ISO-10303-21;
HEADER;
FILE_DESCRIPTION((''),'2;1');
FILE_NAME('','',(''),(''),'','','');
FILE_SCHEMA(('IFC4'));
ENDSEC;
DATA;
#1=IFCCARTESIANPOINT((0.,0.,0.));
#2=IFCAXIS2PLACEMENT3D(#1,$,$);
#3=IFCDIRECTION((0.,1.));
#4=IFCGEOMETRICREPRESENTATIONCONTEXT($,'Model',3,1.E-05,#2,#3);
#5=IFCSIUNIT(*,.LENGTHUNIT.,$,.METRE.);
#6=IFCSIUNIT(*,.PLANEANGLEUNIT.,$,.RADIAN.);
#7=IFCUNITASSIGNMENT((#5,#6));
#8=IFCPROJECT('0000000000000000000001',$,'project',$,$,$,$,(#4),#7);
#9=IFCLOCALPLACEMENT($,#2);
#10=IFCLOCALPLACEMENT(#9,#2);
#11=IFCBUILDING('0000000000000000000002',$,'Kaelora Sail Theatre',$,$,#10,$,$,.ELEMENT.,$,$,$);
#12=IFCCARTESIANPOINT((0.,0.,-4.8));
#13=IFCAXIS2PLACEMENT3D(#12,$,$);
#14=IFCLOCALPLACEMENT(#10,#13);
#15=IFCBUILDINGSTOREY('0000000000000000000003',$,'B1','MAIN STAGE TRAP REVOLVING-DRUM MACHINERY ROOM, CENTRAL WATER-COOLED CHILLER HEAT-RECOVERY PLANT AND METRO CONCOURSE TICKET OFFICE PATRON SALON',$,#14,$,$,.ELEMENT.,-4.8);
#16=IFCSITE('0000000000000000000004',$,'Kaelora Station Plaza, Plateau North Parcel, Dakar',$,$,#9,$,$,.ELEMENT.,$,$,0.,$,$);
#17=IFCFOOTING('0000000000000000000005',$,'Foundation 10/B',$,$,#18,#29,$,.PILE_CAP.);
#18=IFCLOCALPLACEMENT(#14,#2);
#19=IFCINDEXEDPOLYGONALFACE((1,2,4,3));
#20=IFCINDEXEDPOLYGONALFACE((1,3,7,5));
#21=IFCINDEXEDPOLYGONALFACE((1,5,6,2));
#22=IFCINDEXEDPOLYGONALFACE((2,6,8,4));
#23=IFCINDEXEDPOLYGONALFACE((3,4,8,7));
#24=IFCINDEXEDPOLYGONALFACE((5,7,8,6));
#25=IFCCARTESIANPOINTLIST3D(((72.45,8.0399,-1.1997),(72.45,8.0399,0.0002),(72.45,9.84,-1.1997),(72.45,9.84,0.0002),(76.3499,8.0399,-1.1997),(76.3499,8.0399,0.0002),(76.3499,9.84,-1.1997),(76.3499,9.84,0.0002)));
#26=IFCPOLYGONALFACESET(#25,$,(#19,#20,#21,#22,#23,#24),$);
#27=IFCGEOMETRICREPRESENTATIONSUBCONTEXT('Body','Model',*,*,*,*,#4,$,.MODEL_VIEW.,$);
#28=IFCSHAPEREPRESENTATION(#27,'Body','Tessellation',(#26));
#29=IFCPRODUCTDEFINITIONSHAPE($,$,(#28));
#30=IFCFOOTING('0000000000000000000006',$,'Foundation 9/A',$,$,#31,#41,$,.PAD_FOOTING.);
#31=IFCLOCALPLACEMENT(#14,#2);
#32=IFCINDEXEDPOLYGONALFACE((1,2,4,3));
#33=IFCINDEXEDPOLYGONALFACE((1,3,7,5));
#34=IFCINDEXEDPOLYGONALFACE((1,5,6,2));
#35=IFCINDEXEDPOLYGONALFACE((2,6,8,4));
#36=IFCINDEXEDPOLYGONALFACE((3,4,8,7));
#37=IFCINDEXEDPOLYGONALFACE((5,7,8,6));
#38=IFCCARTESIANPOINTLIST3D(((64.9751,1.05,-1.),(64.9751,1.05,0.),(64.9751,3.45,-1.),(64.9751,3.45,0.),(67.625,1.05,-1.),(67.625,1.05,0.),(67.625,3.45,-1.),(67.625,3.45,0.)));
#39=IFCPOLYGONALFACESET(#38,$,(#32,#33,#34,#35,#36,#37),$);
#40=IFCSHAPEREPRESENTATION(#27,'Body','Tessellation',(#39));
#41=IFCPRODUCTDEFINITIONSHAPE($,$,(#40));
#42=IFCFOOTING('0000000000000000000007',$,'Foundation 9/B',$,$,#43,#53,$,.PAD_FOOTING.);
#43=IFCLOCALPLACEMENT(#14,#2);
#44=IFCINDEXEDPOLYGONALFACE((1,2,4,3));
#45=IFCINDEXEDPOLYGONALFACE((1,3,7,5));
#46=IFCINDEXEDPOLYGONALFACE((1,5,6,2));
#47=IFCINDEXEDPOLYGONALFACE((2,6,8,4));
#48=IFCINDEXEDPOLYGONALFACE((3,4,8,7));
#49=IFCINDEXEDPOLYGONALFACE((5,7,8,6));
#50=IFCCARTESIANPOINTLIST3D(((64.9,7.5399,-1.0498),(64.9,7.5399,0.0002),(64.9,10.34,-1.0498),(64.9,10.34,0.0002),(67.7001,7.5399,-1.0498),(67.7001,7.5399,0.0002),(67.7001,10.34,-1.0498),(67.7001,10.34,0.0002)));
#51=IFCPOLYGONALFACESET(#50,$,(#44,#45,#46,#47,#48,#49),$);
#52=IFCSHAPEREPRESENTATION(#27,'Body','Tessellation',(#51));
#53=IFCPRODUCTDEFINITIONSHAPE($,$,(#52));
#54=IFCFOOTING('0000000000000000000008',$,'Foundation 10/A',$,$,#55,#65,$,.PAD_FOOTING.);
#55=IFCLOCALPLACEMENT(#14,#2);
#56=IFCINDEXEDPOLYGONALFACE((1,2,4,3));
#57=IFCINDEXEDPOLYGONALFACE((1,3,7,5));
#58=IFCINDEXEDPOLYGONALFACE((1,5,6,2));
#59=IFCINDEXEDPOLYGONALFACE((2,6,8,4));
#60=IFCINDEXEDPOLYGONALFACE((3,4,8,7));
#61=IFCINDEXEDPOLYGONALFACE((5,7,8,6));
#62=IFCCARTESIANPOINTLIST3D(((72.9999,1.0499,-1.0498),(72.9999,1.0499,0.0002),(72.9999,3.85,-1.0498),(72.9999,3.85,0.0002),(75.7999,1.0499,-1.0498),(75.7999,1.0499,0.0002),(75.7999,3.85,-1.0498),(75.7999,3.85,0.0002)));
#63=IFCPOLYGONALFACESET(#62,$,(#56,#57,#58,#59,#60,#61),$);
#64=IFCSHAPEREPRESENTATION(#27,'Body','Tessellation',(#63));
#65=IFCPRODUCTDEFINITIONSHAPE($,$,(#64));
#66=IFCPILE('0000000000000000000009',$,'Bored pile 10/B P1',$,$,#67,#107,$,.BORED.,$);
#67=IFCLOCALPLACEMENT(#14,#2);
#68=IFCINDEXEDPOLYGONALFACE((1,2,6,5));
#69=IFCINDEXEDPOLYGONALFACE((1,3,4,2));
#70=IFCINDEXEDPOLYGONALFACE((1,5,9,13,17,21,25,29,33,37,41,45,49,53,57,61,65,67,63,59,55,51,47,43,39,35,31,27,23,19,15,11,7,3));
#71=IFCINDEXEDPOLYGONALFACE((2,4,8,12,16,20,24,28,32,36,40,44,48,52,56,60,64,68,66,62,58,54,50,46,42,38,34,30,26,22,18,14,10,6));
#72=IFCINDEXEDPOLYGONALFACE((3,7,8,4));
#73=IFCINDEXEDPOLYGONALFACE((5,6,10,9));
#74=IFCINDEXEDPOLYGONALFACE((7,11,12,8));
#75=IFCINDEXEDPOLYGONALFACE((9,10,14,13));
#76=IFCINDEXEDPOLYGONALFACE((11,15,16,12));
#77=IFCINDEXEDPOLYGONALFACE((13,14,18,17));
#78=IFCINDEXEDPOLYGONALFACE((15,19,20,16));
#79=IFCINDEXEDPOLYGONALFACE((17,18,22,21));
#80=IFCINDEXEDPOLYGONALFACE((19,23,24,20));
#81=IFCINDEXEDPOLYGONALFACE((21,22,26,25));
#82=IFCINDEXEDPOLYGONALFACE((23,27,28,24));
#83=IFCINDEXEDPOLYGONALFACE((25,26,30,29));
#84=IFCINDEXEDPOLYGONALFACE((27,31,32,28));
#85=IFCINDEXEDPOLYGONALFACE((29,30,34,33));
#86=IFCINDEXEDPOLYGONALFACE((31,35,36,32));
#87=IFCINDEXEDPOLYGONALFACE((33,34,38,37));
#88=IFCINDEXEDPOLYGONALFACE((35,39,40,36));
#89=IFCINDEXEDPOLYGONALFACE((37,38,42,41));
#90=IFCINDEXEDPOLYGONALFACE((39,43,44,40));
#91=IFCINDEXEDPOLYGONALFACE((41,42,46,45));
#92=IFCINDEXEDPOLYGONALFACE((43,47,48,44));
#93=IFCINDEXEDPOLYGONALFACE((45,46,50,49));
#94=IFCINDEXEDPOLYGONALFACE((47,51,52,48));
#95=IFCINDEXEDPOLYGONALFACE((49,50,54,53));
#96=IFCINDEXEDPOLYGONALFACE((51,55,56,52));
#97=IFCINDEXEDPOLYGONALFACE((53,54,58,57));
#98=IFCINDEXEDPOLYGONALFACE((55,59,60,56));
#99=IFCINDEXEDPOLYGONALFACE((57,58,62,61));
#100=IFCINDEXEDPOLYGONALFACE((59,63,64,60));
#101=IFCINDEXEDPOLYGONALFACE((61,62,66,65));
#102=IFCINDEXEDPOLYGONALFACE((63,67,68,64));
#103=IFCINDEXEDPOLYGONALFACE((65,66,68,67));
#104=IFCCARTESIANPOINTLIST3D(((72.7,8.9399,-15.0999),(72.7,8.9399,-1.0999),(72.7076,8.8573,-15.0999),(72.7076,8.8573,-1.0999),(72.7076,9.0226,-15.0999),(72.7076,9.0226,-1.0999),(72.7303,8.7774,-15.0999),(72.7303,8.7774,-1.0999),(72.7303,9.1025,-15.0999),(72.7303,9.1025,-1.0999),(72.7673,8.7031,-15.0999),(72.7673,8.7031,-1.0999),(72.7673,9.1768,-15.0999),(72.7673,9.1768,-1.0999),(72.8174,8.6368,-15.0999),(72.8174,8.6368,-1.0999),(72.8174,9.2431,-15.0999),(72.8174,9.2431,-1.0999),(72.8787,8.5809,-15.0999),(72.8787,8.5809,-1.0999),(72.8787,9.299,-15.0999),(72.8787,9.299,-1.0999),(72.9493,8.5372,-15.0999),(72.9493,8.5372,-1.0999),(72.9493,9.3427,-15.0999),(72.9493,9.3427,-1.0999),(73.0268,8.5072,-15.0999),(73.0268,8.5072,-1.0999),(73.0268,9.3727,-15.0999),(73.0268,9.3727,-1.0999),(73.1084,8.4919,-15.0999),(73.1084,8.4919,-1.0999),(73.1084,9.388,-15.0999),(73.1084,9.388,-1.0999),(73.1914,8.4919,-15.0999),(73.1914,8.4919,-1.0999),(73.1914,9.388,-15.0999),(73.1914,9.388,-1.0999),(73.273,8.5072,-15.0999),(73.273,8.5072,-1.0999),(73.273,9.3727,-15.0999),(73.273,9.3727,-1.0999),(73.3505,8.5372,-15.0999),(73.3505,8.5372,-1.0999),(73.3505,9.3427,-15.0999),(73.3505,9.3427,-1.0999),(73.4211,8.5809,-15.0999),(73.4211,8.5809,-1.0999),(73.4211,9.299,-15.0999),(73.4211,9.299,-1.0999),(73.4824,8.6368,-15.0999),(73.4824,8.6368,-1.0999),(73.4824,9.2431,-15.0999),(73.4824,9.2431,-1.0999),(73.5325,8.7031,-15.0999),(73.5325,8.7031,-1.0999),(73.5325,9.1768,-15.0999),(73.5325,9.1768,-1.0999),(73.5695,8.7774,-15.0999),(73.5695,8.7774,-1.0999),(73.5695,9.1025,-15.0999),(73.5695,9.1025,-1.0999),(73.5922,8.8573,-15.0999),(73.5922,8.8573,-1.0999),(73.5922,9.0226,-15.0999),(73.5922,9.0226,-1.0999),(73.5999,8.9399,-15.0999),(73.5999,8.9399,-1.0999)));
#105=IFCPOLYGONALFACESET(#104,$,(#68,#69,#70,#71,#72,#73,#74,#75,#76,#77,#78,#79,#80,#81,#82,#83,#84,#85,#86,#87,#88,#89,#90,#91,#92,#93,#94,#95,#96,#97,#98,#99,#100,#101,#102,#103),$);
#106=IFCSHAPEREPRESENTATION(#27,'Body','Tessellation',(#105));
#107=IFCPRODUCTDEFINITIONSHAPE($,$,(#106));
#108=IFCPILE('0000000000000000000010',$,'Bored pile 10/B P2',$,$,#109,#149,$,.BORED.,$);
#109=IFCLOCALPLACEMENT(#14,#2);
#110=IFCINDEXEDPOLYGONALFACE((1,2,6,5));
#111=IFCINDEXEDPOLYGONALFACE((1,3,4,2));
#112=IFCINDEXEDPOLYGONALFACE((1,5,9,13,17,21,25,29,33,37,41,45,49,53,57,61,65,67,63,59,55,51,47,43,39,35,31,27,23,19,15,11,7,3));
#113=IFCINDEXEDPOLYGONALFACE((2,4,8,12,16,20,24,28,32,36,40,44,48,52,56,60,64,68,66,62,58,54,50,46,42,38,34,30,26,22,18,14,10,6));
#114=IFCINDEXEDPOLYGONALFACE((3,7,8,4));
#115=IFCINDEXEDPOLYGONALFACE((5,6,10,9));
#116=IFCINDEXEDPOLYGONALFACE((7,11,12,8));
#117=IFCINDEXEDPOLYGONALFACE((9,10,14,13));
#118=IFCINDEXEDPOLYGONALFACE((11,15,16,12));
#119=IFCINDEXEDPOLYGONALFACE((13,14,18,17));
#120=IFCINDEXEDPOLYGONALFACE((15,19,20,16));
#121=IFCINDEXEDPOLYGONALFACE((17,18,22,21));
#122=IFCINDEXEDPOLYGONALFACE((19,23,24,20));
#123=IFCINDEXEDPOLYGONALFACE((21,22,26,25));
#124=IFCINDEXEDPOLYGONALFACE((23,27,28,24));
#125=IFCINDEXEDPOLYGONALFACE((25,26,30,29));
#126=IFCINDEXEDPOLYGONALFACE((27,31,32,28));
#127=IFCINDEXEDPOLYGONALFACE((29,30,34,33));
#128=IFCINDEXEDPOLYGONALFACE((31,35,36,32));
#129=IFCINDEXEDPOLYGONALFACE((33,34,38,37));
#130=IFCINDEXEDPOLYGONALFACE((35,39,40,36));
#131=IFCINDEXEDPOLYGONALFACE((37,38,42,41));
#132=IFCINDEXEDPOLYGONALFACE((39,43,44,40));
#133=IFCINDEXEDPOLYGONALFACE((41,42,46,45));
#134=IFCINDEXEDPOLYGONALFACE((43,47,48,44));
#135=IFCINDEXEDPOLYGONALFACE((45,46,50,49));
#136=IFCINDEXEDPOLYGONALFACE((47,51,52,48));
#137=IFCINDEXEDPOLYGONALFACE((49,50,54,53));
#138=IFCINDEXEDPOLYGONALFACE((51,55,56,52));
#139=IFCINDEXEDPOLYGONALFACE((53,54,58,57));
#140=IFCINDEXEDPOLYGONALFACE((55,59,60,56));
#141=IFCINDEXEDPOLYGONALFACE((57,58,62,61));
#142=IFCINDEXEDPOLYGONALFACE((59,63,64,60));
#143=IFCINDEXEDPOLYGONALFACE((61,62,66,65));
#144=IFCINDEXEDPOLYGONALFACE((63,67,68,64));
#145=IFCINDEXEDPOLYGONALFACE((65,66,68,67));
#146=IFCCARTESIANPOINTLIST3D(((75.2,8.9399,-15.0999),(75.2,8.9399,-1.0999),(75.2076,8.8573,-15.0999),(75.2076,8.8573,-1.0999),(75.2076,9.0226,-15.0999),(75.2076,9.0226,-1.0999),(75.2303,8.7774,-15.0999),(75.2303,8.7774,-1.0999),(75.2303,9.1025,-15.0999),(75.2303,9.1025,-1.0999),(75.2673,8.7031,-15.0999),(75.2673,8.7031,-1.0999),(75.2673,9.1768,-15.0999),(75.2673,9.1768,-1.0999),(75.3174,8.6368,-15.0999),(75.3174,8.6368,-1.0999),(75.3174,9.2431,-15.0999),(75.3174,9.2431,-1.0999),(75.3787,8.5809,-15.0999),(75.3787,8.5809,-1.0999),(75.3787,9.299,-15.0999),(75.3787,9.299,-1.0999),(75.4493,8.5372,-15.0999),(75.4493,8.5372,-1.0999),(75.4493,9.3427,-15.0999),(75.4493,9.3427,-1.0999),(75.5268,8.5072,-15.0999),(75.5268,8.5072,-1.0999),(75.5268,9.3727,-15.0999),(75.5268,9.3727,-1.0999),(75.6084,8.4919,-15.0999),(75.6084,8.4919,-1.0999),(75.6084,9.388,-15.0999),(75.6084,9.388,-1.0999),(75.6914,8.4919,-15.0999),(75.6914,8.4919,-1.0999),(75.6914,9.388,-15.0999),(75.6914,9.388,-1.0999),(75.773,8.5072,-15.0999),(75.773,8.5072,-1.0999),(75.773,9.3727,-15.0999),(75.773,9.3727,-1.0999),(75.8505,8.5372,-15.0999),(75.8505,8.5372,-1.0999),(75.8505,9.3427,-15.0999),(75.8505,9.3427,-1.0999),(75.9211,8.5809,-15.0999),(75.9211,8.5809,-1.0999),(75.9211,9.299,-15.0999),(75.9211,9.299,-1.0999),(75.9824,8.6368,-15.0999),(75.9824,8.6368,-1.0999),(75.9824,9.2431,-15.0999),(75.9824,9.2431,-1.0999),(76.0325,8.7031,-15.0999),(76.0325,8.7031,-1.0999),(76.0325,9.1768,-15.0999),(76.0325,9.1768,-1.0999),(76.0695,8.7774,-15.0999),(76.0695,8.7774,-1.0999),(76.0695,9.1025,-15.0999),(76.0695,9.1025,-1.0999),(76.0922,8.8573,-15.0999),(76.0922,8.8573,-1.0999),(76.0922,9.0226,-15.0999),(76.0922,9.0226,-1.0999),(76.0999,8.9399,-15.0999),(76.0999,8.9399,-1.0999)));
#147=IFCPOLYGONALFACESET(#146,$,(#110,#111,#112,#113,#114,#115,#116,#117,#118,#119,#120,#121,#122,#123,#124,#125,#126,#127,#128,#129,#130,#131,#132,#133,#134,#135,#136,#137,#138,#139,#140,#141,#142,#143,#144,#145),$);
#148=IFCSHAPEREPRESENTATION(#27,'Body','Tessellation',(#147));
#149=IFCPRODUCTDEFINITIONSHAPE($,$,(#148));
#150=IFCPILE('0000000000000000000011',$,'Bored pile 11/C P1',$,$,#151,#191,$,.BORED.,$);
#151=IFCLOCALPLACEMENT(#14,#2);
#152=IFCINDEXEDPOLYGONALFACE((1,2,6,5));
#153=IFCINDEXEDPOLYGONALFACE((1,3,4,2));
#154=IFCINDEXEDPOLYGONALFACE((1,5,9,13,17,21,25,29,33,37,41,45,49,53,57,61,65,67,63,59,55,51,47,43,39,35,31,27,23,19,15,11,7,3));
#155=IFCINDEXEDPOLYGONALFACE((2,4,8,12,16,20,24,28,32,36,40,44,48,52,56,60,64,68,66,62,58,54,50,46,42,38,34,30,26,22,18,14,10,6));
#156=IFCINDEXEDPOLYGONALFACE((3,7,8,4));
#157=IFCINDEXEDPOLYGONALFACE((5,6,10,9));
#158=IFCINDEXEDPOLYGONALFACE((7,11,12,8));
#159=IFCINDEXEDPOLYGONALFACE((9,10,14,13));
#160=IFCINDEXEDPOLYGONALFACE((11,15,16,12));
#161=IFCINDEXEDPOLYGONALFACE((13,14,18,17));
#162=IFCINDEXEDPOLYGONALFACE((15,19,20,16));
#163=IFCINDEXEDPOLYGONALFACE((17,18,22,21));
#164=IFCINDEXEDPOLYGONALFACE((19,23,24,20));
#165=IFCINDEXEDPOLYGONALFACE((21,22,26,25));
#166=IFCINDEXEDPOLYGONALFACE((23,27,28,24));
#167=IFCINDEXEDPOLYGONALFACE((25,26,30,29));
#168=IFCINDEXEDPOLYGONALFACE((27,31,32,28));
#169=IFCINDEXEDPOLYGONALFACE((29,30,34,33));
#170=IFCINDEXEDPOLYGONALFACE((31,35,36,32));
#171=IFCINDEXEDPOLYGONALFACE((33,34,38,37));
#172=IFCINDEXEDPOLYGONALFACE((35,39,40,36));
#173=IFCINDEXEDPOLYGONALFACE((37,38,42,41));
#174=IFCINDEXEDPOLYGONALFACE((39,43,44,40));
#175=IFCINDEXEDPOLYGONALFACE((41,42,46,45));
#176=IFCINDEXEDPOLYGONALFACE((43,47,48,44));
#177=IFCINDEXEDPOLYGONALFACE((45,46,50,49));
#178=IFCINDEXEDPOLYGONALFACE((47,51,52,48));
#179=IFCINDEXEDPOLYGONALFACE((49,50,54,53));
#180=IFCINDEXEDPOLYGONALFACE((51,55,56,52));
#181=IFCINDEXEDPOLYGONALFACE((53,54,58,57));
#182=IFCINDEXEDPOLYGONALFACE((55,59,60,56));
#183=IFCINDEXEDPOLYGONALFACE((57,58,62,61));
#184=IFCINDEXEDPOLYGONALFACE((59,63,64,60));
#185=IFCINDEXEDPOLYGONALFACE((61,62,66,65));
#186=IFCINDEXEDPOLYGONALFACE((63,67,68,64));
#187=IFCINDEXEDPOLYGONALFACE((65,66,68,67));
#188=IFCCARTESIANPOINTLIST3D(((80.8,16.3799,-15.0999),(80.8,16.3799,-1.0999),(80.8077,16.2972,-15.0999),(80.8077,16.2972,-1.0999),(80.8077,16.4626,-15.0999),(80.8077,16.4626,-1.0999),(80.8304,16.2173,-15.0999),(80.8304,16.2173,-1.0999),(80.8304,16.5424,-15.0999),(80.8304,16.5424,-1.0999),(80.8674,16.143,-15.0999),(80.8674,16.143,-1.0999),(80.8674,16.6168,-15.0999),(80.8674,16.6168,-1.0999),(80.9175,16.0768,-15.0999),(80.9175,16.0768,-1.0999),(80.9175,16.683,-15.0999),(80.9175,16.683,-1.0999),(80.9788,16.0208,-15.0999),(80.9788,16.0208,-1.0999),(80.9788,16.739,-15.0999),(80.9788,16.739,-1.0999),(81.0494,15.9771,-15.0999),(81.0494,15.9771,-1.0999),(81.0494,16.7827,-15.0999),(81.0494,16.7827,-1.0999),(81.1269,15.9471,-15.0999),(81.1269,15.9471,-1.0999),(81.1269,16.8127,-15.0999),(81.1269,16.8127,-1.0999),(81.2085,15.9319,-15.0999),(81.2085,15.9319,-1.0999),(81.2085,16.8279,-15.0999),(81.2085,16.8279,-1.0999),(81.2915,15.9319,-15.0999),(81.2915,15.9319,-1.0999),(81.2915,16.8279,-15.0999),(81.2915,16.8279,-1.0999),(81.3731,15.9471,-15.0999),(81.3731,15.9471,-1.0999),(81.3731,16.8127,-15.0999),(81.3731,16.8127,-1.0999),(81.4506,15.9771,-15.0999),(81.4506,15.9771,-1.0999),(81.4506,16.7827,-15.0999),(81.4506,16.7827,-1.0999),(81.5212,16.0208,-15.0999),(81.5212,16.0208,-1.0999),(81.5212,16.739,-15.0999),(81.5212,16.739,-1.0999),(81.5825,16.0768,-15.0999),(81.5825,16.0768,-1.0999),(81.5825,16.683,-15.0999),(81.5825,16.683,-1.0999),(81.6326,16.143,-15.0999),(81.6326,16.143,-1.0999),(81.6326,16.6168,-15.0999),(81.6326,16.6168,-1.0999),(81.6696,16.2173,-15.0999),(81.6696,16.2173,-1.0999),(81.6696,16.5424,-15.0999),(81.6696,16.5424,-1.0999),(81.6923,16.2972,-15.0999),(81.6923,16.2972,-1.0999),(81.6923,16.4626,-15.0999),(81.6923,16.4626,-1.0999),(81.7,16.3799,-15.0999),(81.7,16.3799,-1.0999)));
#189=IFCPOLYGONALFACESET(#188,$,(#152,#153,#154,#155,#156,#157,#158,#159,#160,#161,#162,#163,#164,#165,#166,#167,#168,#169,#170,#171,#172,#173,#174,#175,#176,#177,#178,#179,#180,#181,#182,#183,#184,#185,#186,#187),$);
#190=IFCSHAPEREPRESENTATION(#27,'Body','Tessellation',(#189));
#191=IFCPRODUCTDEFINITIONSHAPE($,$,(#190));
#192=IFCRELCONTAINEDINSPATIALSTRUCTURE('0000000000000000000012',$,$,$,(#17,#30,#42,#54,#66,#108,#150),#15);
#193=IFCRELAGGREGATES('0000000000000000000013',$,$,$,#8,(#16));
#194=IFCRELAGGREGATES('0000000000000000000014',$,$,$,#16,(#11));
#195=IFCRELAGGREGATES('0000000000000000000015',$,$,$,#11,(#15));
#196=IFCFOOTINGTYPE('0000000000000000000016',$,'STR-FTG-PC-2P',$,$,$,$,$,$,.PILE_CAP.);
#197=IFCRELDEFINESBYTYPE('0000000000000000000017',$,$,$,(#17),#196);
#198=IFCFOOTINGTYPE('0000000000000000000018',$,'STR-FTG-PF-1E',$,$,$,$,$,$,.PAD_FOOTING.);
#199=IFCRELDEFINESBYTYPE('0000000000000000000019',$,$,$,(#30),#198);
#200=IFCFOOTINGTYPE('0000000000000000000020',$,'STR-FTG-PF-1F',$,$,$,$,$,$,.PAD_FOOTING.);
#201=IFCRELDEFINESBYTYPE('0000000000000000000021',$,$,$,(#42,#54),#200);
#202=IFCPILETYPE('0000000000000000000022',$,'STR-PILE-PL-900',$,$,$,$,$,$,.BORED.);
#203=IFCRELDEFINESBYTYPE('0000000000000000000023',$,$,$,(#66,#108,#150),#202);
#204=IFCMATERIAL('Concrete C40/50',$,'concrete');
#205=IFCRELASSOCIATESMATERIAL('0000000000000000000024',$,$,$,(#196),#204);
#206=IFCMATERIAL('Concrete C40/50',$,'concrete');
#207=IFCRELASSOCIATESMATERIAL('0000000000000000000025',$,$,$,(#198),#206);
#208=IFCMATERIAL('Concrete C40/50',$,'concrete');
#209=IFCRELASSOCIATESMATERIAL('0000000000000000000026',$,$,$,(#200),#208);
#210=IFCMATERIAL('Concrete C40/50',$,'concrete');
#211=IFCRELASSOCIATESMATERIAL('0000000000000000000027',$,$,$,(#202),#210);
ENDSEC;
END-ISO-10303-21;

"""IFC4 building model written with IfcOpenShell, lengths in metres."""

from ifc_helpers import new_model, si_unit, direction, frame, origin, origin_2d, place, context, subcontext, project, spatial, rectangle, circle, extrude, material, material_profile, profile_set, type_object, element, save


model = new_model("IFC4")

# Units and contexts
model_context = context("Model", 3, precision=1e-05, world=origin(), true_north=direction((0.0, 1.0)))
body_context = subcontext(model_context, "Body", "Model", "MODEL_VIEW")
ifc_project = project(units=[si_unit("LENGTHUNIT", "METRE"), si_unit("PLANEANGLEUNIT", "RADIAN")], contexts=[model_context])

# Site, building, storey
site_placement = place(None, origin())
site = spatial("IfcSite", under=ifc_project, at=site_placement, Name="Kaelora Station Plaza, Plateau North Parcel, Dakar", CompositionType="ELEMENT", RefElevation=0.0)
building_placement = place(site_placement, origin())
building = spatial("IfcBuilding", under=site, at=building_placement, Name="Kaelora Sail Theatre", CompositionType="ELEMENT")
storey_placement = place(building_placement, frame((0.0, 0.0, -4.8)))
storey = spatial("IfcBuildingStorey", under=building, at=storey_placement, Name="B1", Description="MAIN STAGE TRAP REVOLVING-DRUM MACHINERY ROOM, CENTRAL WATER-COOLED CHILLER HEAT-RECOVERY PLANT AND METRO CONCOURSE TICKET OFFICE PATRON SALON", CompositionType="ELEMENT", Elevation=-4.8)

# Footings
ifc_material_1 = material(Name="Concrete C40/50", Category="concrete")
footing_type_1 = type_object("IfcFootingType", Name="STR-FTG-PC-2P", PredefinedType="PILE_CAP", material=ifc_material_1)
footing_1_placement = place(storey_placement, frame((74.3999, 8.9399, -1.1997), z_axis=(0.0, 0.0, 1.0), x_axis=(1.0, 0.0, 0.0)))
element("IfcFooting", 1, at=footing_1_placement, inside=storey, type_object=footing_type_1, Name="Foundation 10/B", PredefinedType="PILE_CAP", context=body_context, shape_type="SweptSolid", body=[
    extrude(rectangle(XDim=3.8999, YDim=1.8, at=origin_2d()), origin(), (0.0, 0.0, 1.0), 1.2),
])
ifc_material_2 = material(Name="Concrete C40/50", Category="concrete")
footing_type_2 = type_object("IfcFootingType", Name="STR-FTG-PF-1E", PredefinedType="PAD_FOOTING", material=ifc_material_2)
footing_2_placement = place(storey_placement, frame((66.3, 2.25, -1.0), z_axis=(0.0, 0.0, 1.0), x_axis=(1.0, 0.0, 0.0)))
element("IfcFooting", 2, at=footing_2_placement, inside=storey, type_object=footing_type_2, Name="Foundation 9/A", PredefinedType="PAD_FOOTING", context=body_context, shape_type="SweptSolid", body=[
    extrude(rectangle(XDim=2.6499, YDim=2.3999, at=origin_2d()), origin(), (0.0, 0.0, 1.0), 1.0),
])
ifc_material_3 = material(Name="Concrete C40/50", Category="concrete")
footing_type_3 = type_object("IfcFootingType", Name="STR-FTG-PF-1F", PredefinedType="PAD_FOOTING", material=ifc_material_3)
for number, where, z_axis, x_axis, name in (
    (3, (66.3, 8.9399, -1.0498), (0.0, 0.0, 1.0), (1.0, 0.0, 0.0), "Foundation 9/B"),
    (4, (74.3999, 2.45, -1.0498), (0.0, 0.0, 1.0), (1.0, 0.0, 0.0), "Foundation 10/A"),
):
    element("IfcFooting", number, at=place(storey_placement, frame(where, z_axis=z_axis, x_axis=x_axis)), inside=storey, type_object=footing_type_3, Name=name, PredefinedType="PAD_FOOTING", context=body_context, shape_type="SweptSolid", body=[
        extrude(rectangle(XDim=2.8, YDim=2.8, at=origin_2d()), origin(), (0.0, 0.0, 1.0), 1.05),
    ])

# Piles
ifc_material_4 = material(Name="Concrete C40/50", Category="concrete")
ifc_material_profile_1 = material_profile(ifc_material_4, circle(Radius=0.45, at=origin_2d()), Name="PILE D900")
ifc_profile_set_1 = profile_set([ifc_material_profile_1], Name="Concrete C40/50")
pile_type = type_object("IfcPileType", Name="STR-PILE-PL-900", PredefinedType="BORED", material=ifc_profile_set_1)
for number, where, z_axis, x_axis, name in (
    (5, (73.1499, 8.9399, -1.0999), (0.0, 0.0, -1.0), (1.0, 0.0, 0.0), "Bored pile 10/B P1"),
    (6, (75.6499, 8.9399, -1.0999), (0.0, 0.0, -1.0), (1.0, 0.0, 0.0), "Bored pile 10/B P2"),
    (7, (81.25, 16.3799, -1.0999), (0.0, 0.0, -1.0), (1.0, 0.0, 0.0), "Bored pile 11/C P1"),
):
    element("IfcPile", number, at=place(storey_placement, frame(where, z_axis=z_axis, x_axis=x_axis)), inside=storey, type_object=pile_type, Name=name, PredefinedType="BORED", context=body_context, shape_type="SweptSolid", body=[
        extrude(circle(Radius=0.45, at=origin_2d()), origin(), (0.0, 0.0, 1.0), 14.0),
    ])

save(model, "model.ifc")
